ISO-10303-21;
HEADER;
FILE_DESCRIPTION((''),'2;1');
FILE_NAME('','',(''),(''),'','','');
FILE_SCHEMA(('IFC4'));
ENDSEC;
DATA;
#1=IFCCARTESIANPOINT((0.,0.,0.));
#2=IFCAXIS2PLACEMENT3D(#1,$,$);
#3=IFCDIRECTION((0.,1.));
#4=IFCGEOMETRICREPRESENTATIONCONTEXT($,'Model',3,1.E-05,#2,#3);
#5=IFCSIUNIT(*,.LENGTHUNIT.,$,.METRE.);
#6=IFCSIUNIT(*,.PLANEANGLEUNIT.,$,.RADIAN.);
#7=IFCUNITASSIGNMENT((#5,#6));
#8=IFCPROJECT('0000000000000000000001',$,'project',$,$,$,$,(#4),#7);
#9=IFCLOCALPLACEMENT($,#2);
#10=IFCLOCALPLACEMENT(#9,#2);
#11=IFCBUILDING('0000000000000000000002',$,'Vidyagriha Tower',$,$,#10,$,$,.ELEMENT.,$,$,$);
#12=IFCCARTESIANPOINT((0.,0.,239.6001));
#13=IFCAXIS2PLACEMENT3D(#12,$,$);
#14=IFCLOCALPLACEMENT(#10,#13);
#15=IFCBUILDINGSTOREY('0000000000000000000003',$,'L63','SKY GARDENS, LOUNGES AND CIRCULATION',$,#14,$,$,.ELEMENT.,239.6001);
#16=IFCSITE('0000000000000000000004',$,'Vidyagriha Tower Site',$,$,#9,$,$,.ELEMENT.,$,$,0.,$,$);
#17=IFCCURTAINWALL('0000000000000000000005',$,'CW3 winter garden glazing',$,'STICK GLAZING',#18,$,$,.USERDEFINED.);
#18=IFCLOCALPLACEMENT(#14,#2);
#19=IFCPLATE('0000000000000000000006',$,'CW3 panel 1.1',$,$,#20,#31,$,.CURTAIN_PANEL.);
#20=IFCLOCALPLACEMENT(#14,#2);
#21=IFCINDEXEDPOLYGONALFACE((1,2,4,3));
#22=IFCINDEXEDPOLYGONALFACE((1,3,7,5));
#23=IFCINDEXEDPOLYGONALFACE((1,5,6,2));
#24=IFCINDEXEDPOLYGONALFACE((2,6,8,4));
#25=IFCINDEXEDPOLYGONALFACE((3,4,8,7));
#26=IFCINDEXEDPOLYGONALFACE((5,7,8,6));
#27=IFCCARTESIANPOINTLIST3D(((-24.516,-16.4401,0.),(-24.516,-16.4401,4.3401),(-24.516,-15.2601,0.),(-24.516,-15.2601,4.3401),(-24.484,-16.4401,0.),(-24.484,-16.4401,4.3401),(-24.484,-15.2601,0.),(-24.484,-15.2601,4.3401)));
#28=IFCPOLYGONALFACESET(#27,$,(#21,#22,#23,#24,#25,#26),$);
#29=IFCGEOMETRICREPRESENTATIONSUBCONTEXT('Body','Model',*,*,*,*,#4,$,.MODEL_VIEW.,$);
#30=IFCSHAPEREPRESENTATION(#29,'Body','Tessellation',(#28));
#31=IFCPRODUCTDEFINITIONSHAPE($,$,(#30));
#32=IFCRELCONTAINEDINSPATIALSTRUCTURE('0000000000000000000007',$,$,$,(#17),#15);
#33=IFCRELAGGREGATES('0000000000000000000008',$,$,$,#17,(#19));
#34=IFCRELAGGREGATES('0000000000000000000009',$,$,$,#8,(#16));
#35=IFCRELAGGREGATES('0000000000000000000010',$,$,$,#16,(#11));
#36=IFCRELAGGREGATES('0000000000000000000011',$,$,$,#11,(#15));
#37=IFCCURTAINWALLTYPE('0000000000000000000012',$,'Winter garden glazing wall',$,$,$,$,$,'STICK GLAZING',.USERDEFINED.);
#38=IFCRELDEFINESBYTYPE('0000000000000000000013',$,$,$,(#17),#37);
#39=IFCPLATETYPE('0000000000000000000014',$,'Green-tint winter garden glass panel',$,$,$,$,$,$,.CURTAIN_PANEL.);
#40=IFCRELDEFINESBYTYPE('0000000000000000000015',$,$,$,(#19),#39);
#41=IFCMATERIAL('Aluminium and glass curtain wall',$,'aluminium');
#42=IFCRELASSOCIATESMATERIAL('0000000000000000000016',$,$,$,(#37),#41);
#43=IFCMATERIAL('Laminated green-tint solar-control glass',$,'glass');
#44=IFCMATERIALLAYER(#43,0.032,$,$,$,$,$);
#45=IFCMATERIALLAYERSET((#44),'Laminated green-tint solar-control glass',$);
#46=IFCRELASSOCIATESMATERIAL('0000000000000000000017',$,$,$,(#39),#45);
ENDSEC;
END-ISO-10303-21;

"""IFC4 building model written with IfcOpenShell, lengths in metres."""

from ifc_helpers import new_model, si_unit, direction, frame, origin, origin_2d, place, context, subcontext, project, spatial, rectangle, extrude, material, layer, layer_set, type_object, element, aggregate, save


model = new_model("IFC4")

# Units and contexts
model_context = context("Model", 3, precision=1e-05, world=origin(), true_north=direction((0.0, 1.0)))
body_context = subcontext(model_context, "Body", "Model", "MODEL_VIEW")
ifc_project = project(units=[si_unit("LENGTHUNIT", "METRE"), si_unit("PLANEANGLEUNIT", "RADIAN")], contexts=[model_context])

# Site, building, storey
site_placement = place(None, origin())
site = spatial("IfcSite", under=ifc_project, at=site_placement, Name="Vidyagriha Tower Site", CompositionType="ELEMENT", RefElevation=0.0)
building_placement = place(site_placement, origin())
building = spatial("IfcBuilding", under=site, at=building_placement, Name="Vidyagriha Tower", CompositionType="ELEMENT")
storey_placement = place(building_placement, frame((0.0, 0.0, 239.6001)))
storey = spatial("IfcBuildingStorey", under=building, at=storey_placement, Name="L63", Description="SKY GARDENS, LOUNGES AND CIRCULATION", CompositionType="ELEMENT", Elevation=239.6001)

# Shared definitions
ifc_material_1 = material(Name="Aluminium and glass curtain wall", Category="aluminium")
curtain_wall_type = type_object("IfcCurtainWallType", Name="Winter garden glazing wall", ElementType="STICK GLAZING", PredefinedType="USERDEFINED", material=ifc_material_1)

# Curtain wall
curtain_wall_1_placement = place(storey_placement, origin())
curtain_wall_1 = element("IfcCurtainWall", 1, at=curtain_wall_1_placement, inside=storey, type_object=curtain_wall_type, Name="CW3 winter garden glazing", ObjectType="STICK GLAZING", PredefinedType="USERDEFINED")

# Plate
ifc_material_2 = material(Name="Laminated green-tint solar-control glass", Category="glass")
ifc_layer = layer(ifc_material_2, 0.032)
ifc_layer_set = layer_set([ifc_layer], Name="Laminated green-tint solar-control glass")
plate_type = type_object("IfcPlateType", Name="Green-tint winter garden glass panel", PredefinedType="CURTAIN_PANEL", material=ifc_layer_set)
plate_1_placement = place(storey_placement, frame((-24.5, -15.8501, 0.0), z_axis=(0.0, 0.0, 1.0), x_axis=(0.0, -1.0, 0.0)))
plate_1 = element("IfcPlate", 2, at=plate_1_placement, type_object=plate_type, Name="CW3 panel 1.1", PredefinedType="CURTAIN_PANEL", context=body_context, shape_type="SweptSolid", body=[
    extrude(rectangle(XDim=1.1799, YDim=0.032, at=origin_2d()), origin(), (0.0, 0.0, 1.0), 4.3401),
])
aggregate(curtain_wall_1, [plate_1])

save(model, "model.ifc")
